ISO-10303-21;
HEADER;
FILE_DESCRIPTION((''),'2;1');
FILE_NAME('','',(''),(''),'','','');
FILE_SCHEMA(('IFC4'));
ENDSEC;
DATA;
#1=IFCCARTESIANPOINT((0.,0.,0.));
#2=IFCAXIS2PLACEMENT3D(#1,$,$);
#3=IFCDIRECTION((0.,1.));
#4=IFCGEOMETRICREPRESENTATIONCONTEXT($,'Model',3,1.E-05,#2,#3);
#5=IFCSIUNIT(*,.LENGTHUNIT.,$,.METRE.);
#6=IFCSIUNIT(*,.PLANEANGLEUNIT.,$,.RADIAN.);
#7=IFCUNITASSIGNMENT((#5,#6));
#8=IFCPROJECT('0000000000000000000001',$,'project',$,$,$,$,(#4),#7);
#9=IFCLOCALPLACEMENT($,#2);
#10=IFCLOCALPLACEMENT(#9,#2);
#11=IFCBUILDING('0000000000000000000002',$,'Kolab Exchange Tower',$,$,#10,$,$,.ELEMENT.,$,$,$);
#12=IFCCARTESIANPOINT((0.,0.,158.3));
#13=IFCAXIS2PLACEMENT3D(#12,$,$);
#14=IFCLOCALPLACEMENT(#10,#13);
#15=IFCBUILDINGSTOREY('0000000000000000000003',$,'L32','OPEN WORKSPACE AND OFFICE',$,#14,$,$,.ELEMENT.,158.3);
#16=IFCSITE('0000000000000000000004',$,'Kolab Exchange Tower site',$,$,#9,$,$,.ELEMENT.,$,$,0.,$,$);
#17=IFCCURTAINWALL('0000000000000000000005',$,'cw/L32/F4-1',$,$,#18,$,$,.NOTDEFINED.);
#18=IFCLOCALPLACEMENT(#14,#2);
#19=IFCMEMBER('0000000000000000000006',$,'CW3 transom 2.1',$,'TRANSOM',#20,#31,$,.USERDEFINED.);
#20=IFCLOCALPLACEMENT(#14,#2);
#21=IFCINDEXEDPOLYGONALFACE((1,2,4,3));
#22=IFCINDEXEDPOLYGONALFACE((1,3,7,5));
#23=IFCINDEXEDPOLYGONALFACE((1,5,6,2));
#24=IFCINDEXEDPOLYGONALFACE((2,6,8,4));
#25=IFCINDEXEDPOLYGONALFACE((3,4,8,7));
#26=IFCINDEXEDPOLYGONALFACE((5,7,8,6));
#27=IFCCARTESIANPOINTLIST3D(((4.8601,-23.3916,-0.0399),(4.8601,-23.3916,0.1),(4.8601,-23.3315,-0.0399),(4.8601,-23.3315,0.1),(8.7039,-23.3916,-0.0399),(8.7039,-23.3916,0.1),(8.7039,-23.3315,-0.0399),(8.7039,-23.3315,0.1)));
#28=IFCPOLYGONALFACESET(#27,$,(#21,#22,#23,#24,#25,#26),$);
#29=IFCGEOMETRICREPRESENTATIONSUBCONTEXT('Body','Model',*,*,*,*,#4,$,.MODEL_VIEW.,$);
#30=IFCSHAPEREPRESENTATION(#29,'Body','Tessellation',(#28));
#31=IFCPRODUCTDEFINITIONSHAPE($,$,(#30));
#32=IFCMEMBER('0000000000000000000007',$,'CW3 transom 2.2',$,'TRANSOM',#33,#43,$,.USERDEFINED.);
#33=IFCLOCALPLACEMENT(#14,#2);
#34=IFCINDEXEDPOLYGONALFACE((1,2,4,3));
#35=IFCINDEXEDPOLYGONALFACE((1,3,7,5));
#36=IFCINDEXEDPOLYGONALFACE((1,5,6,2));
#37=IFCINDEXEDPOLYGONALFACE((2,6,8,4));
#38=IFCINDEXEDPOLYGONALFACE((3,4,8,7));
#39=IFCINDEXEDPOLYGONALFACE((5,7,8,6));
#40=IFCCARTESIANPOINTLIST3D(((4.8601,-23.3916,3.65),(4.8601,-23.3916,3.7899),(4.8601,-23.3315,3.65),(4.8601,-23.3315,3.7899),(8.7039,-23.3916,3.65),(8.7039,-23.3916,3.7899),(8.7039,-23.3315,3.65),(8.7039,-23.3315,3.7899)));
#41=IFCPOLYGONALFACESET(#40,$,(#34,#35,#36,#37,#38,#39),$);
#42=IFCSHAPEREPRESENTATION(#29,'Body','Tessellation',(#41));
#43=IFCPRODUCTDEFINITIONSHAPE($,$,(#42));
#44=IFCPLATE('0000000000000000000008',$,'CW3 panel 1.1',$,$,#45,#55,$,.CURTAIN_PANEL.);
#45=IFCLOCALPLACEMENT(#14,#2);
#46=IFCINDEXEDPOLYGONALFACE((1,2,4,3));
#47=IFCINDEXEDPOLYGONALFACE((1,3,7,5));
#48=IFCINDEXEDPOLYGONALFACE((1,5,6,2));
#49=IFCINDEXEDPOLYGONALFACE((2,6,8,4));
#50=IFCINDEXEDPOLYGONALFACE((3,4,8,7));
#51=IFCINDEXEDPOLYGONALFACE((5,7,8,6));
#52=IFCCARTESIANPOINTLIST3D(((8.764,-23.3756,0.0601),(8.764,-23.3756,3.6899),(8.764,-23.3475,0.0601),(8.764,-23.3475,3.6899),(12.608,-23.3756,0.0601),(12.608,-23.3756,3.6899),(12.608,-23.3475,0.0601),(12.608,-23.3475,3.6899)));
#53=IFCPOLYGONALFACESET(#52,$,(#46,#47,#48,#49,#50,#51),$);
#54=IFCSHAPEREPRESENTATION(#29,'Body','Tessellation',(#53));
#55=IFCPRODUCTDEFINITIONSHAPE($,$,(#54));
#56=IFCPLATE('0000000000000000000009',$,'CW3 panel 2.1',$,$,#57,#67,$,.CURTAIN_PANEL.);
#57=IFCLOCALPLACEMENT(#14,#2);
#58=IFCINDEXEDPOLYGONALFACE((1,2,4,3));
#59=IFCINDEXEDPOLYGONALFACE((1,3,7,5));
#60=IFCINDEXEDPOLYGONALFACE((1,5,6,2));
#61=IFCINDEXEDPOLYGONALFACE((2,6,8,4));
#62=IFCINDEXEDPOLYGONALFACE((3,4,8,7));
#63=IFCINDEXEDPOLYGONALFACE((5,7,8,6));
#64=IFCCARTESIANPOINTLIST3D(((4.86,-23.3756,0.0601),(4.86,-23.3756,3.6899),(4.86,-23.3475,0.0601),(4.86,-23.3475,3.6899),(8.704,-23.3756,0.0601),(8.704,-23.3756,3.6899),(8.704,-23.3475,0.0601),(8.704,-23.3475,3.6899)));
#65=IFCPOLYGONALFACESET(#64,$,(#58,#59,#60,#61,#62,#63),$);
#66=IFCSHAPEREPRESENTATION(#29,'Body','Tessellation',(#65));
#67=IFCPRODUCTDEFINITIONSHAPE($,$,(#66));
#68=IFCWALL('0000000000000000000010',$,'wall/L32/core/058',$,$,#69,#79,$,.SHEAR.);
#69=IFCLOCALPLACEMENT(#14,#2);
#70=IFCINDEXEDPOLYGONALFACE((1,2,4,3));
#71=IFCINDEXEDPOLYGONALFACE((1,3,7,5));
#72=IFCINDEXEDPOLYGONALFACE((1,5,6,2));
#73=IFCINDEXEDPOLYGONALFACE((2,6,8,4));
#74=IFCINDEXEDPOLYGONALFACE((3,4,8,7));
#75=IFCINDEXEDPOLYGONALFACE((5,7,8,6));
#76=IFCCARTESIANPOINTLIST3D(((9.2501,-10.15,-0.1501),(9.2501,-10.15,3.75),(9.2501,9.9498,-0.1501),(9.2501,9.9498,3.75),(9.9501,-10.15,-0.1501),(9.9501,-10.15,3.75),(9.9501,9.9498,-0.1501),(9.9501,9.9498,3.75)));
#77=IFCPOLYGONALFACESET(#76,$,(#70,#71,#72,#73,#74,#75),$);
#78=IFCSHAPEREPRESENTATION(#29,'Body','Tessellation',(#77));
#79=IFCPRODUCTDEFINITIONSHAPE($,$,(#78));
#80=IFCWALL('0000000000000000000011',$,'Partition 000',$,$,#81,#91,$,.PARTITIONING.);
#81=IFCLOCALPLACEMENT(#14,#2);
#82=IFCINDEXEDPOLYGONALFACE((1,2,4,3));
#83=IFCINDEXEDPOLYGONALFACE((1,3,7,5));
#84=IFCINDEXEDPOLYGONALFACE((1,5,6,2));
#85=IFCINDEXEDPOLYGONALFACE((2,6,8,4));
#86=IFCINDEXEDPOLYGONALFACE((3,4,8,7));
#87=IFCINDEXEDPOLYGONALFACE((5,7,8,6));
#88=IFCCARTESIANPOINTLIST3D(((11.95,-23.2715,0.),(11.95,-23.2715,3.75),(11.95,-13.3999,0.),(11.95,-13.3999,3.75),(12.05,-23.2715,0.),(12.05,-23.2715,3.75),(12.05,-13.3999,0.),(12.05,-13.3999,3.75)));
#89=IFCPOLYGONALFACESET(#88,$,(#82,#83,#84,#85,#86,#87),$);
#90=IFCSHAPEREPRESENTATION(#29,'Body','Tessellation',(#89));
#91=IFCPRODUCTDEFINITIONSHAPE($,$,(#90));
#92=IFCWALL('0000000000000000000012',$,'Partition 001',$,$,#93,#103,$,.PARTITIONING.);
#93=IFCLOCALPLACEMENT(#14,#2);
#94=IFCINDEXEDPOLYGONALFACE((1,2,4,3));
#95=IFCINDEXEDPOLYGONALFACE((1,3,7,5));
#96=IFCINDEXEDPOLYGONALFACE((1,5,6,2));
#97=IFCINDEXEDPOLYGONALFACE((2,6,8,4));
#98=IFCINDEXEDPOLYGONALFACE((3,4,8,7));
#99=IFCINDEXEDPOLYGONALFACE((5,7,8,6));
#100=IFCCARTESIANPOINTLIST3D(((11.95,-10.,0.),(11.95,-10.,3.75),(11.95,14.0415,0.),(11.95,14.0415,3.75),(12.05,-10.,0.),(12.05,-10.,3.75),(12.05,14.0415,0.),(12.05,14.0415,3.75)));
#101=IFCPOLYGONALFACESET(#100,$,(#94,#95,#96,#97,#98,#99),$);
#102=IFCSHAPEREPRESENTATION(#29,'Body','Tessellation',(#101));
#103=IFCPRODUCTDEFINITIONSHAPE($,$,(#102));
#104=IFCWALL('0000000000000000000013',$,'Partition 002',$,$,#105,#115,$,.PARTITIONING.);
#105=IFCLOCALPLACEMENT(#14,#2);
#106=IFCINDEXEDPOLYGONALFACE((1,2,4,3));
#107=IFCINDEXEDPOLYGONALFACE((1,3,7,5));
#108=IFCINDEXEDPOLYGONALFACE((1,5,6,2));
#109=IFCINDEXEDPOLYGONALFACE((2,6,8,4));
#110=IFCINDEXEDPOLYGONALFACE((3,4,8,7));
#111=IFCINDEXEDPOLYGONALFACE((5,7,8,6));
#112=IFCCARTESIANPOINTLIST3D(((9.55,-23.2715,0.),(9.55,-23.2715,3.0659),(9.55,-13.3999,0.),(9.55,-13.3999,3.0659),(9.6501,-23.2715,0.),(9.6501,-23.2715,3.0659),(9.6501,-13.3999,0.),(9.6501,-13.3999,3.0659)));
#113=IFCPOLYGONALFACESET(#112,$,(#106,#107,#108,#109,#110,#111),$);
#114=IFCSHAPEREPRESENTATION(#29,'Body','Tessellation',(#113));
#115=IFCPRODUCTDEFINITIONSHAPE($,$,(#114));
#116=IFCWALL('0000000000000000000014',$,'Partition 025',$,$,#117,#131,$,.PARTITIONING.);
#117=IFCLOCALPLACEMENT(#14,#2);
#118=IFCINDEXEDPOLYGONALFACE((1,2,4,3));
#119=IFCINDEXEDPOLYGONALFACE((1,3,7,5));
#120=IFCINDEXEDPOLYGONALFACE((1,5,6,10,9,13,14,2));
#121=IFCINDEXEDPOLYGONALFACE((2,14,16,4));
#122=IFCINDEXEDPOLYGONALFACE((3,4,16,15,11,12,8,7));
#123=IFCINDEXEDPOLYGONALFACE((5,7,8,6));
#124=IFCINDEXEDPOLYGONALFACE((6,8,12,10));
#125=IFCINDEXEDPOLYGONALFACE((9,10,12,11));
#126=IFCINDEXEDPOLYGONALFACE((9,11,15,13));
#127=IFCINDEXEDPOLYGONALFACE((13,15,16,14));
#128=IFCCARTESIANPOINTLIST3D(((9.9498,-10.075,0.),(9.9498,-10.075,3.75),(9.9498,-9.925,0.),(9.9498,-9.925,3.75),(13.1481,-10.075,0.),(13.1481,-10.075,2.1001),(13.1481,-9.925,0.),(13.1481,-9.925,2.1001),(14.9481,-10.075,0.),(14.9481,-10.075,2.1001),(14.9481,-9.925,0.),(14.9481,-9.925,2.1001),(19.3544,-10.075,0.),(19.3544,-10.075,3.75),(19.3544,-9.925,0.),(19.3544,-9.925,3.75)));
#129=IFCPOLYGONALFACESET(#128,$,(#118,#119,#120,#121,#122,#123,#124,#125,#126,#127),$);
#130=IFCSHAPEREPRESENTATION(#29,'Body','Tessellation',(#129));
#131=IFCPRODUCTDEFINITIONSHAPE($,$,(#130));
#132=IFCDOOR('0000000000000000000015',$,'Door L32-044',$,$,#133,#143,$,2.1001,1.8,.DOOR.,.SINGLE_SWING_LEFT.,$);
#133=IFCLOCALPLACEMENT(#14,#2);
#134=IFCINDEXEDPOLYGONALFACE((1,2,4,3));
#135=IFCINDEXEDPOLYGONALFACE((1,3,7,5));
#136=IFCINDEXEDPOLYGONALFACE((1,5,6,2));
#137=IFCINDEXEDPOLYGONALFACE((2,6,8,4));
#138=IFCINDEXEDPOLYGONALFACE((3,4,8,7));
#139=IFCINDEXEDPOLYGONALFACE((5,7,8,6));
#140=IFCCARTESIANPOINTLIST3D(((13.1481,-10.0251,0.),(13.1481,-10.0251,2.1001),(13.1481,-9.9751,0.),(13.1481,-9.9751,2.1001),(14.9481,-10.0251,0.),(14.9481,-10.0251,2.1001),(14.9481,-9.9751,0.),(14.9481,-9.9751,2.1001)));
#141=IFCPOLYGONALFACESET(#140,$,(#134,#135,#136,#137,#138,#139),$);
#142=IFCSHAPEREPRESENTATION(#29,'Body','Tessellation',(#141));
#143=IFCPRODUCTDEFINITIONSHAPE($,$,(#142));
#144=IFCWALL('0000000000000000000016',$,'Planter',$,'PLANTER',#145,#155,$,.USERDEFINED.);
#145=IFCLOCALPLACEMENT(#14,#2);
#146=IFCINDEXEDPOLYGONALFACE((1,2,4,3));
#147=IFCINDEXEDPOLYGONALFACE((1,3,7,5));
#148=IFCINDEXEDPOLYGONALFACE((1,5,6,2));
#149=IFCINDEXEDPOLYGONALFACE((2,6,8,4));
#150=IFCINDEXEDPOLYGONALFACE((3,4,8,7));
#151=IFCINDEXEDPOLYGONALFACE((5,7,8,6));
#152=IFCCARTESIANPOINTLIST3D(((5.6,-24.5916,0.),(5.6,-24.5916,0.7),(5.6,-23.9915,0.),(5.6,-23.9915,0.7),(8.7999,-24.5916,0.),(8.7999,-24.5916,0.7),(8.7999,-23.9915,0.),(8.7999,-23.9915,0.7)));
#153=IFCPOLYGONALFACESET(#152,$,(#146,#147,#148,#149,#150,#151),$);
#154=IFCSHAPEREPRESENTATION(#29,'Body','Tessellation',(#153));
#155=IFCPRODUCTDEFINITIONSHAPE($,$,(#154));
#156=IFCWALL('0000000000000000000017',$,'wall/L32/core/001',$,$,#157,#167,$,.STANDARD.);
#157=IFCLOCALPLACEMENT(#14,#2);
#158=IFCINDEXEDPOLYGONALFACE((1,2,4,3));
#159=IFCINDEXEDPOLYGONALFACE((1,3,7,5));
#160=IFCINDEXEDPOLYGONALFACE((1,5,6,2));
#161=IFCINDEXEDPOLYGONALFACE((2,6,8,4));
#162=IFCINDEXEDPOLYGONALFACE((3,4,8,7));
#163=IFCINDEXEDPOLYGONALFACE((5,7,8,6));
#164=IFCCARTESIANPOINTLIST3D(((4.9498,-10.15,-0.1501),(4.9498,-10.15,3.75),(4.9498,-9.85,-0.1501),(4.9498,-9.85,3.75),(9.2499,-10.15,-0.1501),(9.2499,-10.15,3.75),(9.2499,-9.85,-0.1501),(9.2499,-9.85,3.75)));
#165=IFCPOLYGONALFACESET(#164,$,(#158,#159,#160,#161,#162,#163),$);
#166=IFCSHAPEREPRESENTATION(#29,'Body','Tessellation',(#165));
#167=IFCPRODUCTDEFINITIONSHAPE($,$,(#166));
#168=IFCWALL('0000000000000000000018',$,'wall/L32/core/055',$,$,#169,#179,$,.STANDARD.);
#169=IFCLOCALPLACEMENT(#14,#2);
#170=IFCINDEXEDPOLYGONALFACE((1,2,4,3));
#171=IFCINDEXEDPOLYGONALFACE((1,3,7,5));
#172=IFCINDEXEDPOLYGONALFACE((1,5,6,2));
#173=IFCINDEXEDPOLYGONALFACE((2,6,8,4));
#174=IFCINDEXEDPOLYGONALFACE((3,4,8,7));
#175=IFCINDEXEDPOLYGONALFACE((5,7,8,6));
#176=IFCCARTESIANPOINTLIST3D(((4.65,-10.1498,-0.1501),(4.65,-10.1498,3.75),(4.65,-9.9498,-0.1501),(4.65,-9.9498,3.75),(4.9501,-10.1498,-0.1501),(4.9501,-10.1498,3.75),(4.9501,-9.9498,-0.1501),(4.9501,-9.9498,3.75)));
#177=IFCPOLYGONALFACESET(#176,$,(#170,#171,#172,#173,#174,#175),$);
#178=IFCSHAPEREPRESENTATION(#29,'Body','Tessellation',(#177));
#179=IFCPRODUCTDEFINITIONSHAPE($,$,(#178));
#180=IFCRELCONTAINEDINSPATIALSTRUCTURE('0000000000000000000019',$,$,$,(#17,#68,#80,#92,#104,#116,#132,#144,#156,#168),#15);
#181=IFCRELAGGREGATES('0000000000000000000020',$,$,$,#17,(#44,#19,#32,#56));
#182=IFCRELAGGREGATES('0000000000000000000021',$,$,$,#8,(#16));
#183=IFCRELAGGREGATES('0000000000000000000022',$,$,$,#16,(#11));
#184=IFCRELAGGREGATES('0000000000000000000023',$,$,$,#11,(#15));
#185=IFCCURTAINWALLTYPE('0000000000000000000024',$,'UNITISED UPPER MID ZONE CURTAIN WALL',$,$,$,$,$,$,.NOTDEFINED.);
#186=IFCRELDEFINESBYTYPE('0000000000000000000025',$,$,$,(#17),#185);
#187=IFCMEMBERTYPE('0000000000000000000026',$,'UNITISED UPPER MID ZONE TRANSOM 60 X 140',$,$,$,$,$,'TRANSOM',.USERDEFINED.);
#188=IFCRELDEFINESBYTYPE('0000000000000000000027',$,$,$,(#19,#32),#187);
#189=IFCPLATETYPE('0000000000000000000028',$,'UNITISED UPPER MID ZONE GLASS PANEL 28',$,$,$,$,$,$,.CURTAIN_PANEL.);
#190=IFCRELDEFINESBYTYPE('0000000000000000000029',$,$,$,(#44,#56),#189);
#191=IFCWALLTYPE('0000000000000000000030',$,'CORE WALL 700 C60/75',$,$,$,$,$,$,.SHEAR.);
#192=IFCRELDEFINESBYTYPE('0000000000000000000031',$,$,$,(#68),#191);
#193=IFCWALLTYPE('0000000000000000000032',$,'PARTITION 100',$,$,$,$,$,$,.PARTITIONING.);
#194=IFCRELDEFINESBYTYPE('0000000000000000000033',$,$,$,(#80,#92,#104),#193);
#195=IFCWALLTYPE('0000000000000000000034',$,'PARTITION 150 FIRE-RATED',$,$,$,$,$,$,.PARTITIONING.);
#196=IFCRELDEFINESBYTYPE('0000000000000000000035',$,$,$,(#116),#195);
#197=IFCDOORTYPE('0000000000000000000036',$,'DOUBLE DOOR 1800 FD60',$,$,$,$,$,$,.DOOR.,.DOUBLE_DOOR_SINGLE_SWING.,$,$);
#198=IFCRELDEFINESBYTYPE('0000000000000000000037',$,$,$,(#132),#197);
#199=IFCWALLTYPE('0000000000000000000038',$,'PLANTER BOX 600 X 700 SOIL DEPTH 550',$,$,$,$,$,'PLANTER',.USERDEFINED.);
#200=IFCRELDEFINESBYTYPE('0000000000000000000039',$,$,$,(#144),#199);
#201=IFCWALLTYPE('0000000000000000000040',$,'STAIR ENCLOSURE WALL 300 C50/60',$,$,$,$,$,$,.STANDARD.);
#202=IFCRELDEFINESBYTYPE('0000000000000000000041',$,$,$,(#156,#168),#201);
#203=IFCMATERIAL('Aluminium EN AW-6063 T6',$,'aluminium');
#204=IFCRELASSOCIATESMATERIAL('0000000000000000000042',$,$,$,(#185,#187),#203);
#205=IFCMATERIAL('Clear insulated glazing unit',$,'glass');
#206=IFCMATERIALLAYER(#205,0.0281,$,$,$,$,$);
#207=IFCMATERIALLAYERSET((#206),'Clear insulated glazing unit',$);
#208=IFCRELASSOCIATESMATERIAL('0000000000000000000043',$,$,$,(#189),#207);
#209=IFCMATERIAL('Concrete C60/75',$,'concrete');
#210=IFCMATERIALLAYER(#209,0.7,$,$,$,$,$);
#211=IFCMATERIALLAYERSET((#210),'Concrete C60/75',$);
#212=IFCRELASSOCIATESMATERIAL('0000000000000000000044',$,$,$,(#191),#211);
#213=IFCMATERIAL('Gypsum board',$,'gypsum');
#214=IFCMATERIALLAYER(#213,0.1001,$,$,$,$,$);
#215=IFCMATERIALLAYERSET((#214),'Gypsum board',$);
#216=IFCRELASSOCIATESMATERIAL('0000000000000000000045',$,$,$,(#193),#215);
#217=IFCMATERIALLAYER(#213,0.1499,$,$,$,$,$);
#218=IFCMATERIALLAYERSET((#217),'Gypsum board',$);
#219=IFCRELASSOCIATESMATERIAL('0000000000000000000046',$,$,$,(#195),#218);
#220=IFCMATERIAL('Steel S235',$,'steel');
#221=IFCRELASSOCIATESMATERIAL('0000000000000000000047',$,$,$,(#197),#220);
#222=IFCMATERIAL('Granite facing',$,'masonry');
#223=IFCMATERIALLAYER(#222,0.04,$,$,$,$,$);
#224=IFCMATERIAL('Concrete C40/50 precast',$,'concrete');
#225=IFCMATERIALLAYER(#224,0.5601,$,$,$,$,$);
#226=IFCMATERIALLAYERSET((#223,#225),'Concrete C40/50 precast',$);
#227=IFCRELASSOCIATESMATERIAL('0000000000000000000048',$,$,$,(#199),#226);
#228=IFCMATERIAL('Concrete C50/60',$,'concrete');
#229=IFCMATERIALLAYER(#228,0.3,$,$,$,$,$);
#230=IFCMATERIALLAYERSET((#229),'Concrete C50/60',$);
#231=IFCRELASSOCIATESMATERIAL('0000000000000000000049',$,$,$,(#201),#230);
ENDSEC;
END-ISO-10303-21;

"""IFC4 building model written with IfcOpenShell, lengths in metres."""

from ifc_helpers import new_model, si_unit, direction, frame, frame_2d, origin, origin_2d, place, context, subcontext, project, spatial, rectangle, extrude, material, layer, layer_set, material_profile, profile_set, type_object, element, fill, aggregate, save


model = new_model("IFC4")

# Units and contexts
model_context = context("Model", 3, precision=1e-05, world=origin(), true_north=direction((0.0, 1.0)))
body_context = subcontext(model_context, "Body", "Model", "MODEL_VIEW")
ifc_project = project(units=[si_unit("LENGTHUNIT", "METRE"), si_unit("PLANEANGLEUNIT", "RADIAN")], contexts=[model_context])

# Site, building, storey
site_placement = place(None, origin())
site = spatial("IfcSite", under=ifc_project, at=site_placement, Name="Kolab Exchange Tower site", CompositionType="ELEMENT", RefElevation=0.0)
building_placement = place(site_placement, origin())
building = spatial("IfcBuilding", under=site, at=building_placement, Name="Kolab Exchange Tower", CompositionType="ELEMENT")
storey_placement = place(building_placement, frame((0.0, 0.0, 158.3)))
storey = spatial("IfcBuildingStorey", under=building, at=storey_placement, Name="L32", Description="OPEN WORKSPACE AND OFFICE", CompositionType="ELEMENT", Elevation=158.3)

# Shared definitions
ifc_material_1 = material(Name="Concrete C60/75", Category="concrete")

# Curtain wall, members, plates
ifc_material_2 = material(Name="Aluminium EN AW-6063 T6", Category="aluminium")
curtain_wall_type = type_object("IfcCurtainWallType", Name="UNITISED UPPER MID ZONE CURTAIN WALL", PredefinedType="NOTDEFINED", material=ifc_material_2)
curtain_wall_placement = place(storey_placement, origin())
curtain_wall = element("IfcCurtainWall", 1, at=curtain_wall_placement, inside=storey, type_object=curtain_wall_type, Name="cw/L32/F4-1", PredefinedType="NOTDEFINED")
ifc_material_profile_1 = material_profile(ifc_material_2, rectangle(XDim=0.0601, YDim=0.1399, at=origin_2d()), Name="RECT 60X140")
ifc_profile_set_1 = profile_set([ifc_material_profile_1], Name="Aluminium EN AW-6063 T6")
member_type_1 = type_object("IfcMemberType", Name="UNITISED UPPER MID ZONE TRANSOM 60 X 140", ElementType="TRANSOM", PredefinedType="USERDEFINED", material=ifc_profile_set_1)
member_1_placement = place(storey_placement, frame((8.7039, -23.3616, 0.03), z_axis=(-1.0, 0.0, 0.0), x_axis=(0.0, -1.0, 0.0)))
member_1 = element("IfcMember", 2, at=member_1_placement, type_object=member_type_1, Name="CW3 transom 2.1", ObjectType="TRANSOM", PredefinedType="USERDEFINED", context=body_context, shape_type="SweptSolid", body=[
    extrude(rectangle(XDim=0.0601, YDim=0.1399, at=origin_2d()), origin(), (0.0, 0.0, 1.0), 3.8438),
])
member_2_placement = place(storey_placement, frame((8.7039, -23.3616, 3.72), z_axis=(-1.0, 0.0, 0.0), x_axis=(0.0, -1.0, 0.0)))
member_2 = element("IfcMember", 3, at=member_2_placement, type_object=member_type_1, Name="CW3 transom 2.2", ObjectType="TRANSOM", PredefinedType="USERDEFINED", context=body_context, shape_type="SweptSolid", body=[
    extrude(rectangle(XDim=0.0601, YDim=0.1399, at=origin_2d()), origin(), (0.0, 0.0, 1.0), 3.8438),
])
ifc_material_3 = material(Name="Clear insulated glazing unit", Category="glass")
ifc_layer_1 = layer(ifc_material_3, 0.0281)
ifc_layer_set_1 = layer_set([ifc_layer_1], Name="Clear insulated glazing unit")
plate_type = type_object("IfcPlateType", Name="UNITISED UPPER MID ZONE GLASS PANEL 28", PredefinedType="CURTAIN_PANEL", material=ifc_layer_set_1)
plate_1_placement = place(storey_placement, frame((10.686, -23.3616, 0.0601), z_axis=(0.0, 0.0, 1.0), x_axis=(-1.0, 0.0, 0.0)))
plate_1 = element("IfcPlate", 4, at=plate_1_placement, type_object=plate_type, Name="CW3 panel 1.1", PredefinedType="CURTAIN_PANEL", context=body_context, shape_type="SweptSolid", body=[
    extrude(rectangle(XDim=3.844, YDim=0.0281, at=origin_2d()), origin(), (0.0, 0.0, 1.0), 3.6299),
])
plate_2_placement = place(storey_placement, frame((6.782, -23.3616, 0.0601), z_axis=(0.0, 0.0, 1.0), x_axis=(-1.0, 0.0, 0.0)))
plate_2 = element("IfcPlate", 5, at=plate_2_placement, type_object=plate_type, Name="CW3 panel 2.1", PredefinedType="CURTAIN_PANEL", context=body_context, shape_type="SweptSolid", body=[
    extrude(rectangle(XDim=3.844, YDim=0.0281, at=origin_2d()), origin(), (0.0, 0.0, 1.0), 3.6299),
])
aggregate(curtain_wall, [plate_1, member_1, member_2, plate_2])

# Wall
ifc_layer_2 = layer(ifc_material_1, 0.7)
ifc_layer_set_2 = layer_set([ifc_layer_2], Name="Concrete C60/75")
wall_type_1 = type_object("IfcWallType", Name="CORE WALL 700 C60/75", PredefinedType="SHEAR", material=ifc_layer_set_2)
wall_1_placement = place(storey_placement, frame((9.6001, -10.1499, -0.1501), z_axis=(0.0, 0.0, 1.0), x_axis=(0.0, 1.0, 0.0)))
element("IfcWall", 6, at=wall_1_placement, inside=storey, type_object=wall_type_1, Name="wall/L32/core/058", PredefinedType="SHEAR", context=body_context, shape_type="SweptSolid", body=[
    extrude(rectangle(XDim=20.0999, YDim=0.7, at=frame_2d((10.0498, 0.0))), origin(), (0.0, 0.0, 1.0), 3.9001),
])

# Walls
ifc_material_4 = material(Name="Gypsum board", Category="gypsum")
ifc_layer_3 = layer(ifc_material_4, 0.1001)
ifc_layer_set_3 = layer_set([ifc_layer_3], Name="Gypsum board")
wall_type_2 = type_object("IfcWallType", Name="PARTITION 100", PredefinedType="PARTITIONING", material=ifc_layer_set_3)
wall_2_placement = place(storey_placement, frame((12.0, -23.2715, 0.0), z_axis=(0.0, 0.0, 1.0), x_axis=(0.0, 1.0, 0.0)))
element("IfcWall", 7, at=wall_2_placement, inside=storey, type_object=wall_type_2, Name="Partition 000", PredefinedType="PARTITIONING", context=body_context, shape_type="SweptSolid", body=[
    extrude(rectangle(XDim=9.8716, YDim=0.1001, at=frame_2d((4.9358, 0.0))), origin(), (0.0, 0.0, 1.0), 3.75),
])
wall_3_placement = place(storey_placement, frame((12.0, -10.0, 0.0), z_axis=(0.0, 0.0, 1.0), x_axis=(0.0, 1.0, 0.0)))
element("IfcWall", 8, at=wall_3_placement, inside=storey, type_object=wall_type_2, Name="Partition 001", PredefinedType="PARTITIONING", context=body_context, shape_type="SweptSolid", body=[
    extrude(rectangle(XDim=24.0415, YDim=0.1001, at=frame_2d((12.0208, 0.0))), origin(), (0.0, 0.0, 1.0), 3.75),
])
wall_4_placement = place(storey_placement, frame((9.6001, -23.2715, 0.0), z_axis=(0.0, 0.0, 1.0), x_axis=(0.0, 1.0, 0.0)))
element("IfcWall", 9, at=wall_4_placement, inside=storey, type_object=wall_type_2, Name="Partition 002", PredefinedType="PARTITIONING", context=body_context, shape_type="SweptSolid", body=[
    extrude(rectangle(XDim=9.8716, YDim=0.1001, at=frame_2d((4.9358, 0.0))), origin(), (0.0, 0.0, 1.0), 3.0659),
])

# Wall, opening, door
ifc_layer_4 = layer(ifc_material_4, 0.1499)
ifc_layer_set_4 = layer_set([ifc_layer_4], Name="Gypsum board")
wall_type_3 = type_object("IfcWallType", Name="PARTITION 150 FIRE-RATED", PredefinedType="PARTITIONING", material=ifc_layer_set_4)
wall_5_placement = place(storey_placement, frame((9.95, -10.0, 0.0), z_axis=(0.0, 0.0, 1.0), x_axis=(1.0, 0.0, 0.0)))
wall_5 = element("IfcWall", 10, at=wall_5_placement, inside=storey, type_object=wall_type_3, Name="Partition 025", PredefinedType="PARTITIONING", context=body_context, shape_type="SweptSolid", body=[
    extrude(rectangle(XDim=9.4045, YDim=0.1499, at=frame_2d((4.7021, 0.0))), origin(), (0.0, 0.0, 1.0), 3.75),
])
opening_1_placement = place(wall_5_placement, frame((3.1982, 0.0, 0.0)))
opening_1 = element("IfcOpeningElement", 11, at=opening_1_placement, cuts=wall_5, PredefinedType="OPENING", context=body_context, shape_type="SweptSolid", body=[
    extrude(rectangle(XDim=1.8, YDim=2.1001, at=frame_2d((0.8999, 1.05))), frame((0.0, 0.085, 0.0), z_axis=(0.0, -1.0, 0.0), x_axis=(1.0, 0.0, 0.0)), (0.0, 0.0, 1.0), 0.1699),
])
ifc_material_5 = material(Name="Steel S235", Category="steel")
door_type_1 = type_object("IfcDoorType", Name="DOUBLE DOOR 1800 FD60", OperationType="DOUBLE_DOOR_SINGLE_SWING", PredefinedType="DOOR", material=ifc_material_5)
door_1_placement = place(opening_1_placement, origin())
door_1 = element("IfcDoor", 12, at=door_1_placement, inside=storey, type_object=door_type_1, Name="Door L32-044", OperationType="SINGLE_SWING_LEFT", OverallHeight=2.1001, OverallWidth=1.8, PredefinedType="DOOR", context=body_context, shape_type="SweptSolid", body=[
    extrude(rectangle(XDim=1.8, YDim=2.1001, at=frame_2d((0.8999, 1.05))), frame((0.0, 0.0249, 0.0), z_axis=(0.0, -1.0, 0.0), x_axis=(1.0, 0.0, 0.0)), (0.0, 0.0, 1.0), 0.05),
])
fill(opening_1, door_1)

# Walls
ifc_material_6 = material(Name="Granite facing", Category="masonry")
ifc_layer_5 = layer(ifc_material_6, 0.04)
ifc_material_7 = material(Name="Concrete C40/50 precast", Category="concrete")
ifc_layer_6 = layer(ifc_material_7, 0.5601)
ifc_layer_set_5 = layer_set([ifc_layer_5, ifc_layer_6], Name="Concrete C40/50 precast")
wall_type_4 = type_object("IfcWallType", Name="PLANTER BOX 600 X 700 SOIL DEPTH 550", ElementType="PLANTER", PredefinedType="USERDEFINED", material=ifc_layer_set_5)
wall_6_placement = place(storey_placement, frame((8.8, -24.2915, 0.0), z_axis=(0.0, 0.0, 1.0), x_axis=(-1.0, 0.0, 0.0)))
element("IfcWall", 13, at=wall_6_placement, inside=storey, type_object=wall_type_4, Name="Planter", ObjectType="PLANTER", PredefinedType="USERDEFINED", context=body_context, shape_type="SweptSolid", body=[
    extrude(rectangle(XDim=3.2, YDim=0.6001, at=frame_2d((1.6001, 0.0))), origin(), (0.0, 0.0, 1.0), 0.7),
])
ifc_material_8 = material(Name="Concrete C50/60", Category="concrete")
ifc_layer_7 = layer(ifc_material_8, 0.3)
ifc_layer_set_6 = layer_set([ifc_layer_7], Name="Concrete C50/60")
wall_type_5 = type_object("IfcWallType", Name="STAIR ENCLOSURE WALL 300 C50/60", PredefinedType="STANDARD", material=ifc_layer_set_6)
wall_7_placement = place(storey_placement, frame((4.95, -10.0, -0.1501), z_axis=(0.0, 0.0, 1.0), x_axis=(1.0, 0.0, 0.0)))
element("IfcWall", 14, at=wall_7_placement, inside=storey, type_object=wall_type_5, Name="wall/L32/core/001", PredefinedType="STANDARD", context=body_context, shape_type="SweptSolid", body=[
    extrude(rectangle(XDim=4.3, YDim=0.3, at=frame_2d((2.1499, 0.0))), origin(), (0.0, 0.0, 1.0), 3.9001),
])
wall_8_placement = place(storey_placement, frame((4.8, -10.1499, -0.1501), z_axis=(0.0, 0.0, 1.0), x_axis=(0.0, 1.0, 0.0)))
element("IfcWall", 15, at=wall_8_placement, inside=storey, type_object=wall_type_5, Name="wall/L32/core/055", PredefinedType="STANDARD", context=body_context, shape_type="SweptSolid", body=[
    extrude(rectangle(XDim=0.2, YDim=0.3, at=frame_2d((0.1001, 0.0))), origin(), (0.0, 0.0, 1.0), 3.9001),
])

save(model, "model.ifc")
